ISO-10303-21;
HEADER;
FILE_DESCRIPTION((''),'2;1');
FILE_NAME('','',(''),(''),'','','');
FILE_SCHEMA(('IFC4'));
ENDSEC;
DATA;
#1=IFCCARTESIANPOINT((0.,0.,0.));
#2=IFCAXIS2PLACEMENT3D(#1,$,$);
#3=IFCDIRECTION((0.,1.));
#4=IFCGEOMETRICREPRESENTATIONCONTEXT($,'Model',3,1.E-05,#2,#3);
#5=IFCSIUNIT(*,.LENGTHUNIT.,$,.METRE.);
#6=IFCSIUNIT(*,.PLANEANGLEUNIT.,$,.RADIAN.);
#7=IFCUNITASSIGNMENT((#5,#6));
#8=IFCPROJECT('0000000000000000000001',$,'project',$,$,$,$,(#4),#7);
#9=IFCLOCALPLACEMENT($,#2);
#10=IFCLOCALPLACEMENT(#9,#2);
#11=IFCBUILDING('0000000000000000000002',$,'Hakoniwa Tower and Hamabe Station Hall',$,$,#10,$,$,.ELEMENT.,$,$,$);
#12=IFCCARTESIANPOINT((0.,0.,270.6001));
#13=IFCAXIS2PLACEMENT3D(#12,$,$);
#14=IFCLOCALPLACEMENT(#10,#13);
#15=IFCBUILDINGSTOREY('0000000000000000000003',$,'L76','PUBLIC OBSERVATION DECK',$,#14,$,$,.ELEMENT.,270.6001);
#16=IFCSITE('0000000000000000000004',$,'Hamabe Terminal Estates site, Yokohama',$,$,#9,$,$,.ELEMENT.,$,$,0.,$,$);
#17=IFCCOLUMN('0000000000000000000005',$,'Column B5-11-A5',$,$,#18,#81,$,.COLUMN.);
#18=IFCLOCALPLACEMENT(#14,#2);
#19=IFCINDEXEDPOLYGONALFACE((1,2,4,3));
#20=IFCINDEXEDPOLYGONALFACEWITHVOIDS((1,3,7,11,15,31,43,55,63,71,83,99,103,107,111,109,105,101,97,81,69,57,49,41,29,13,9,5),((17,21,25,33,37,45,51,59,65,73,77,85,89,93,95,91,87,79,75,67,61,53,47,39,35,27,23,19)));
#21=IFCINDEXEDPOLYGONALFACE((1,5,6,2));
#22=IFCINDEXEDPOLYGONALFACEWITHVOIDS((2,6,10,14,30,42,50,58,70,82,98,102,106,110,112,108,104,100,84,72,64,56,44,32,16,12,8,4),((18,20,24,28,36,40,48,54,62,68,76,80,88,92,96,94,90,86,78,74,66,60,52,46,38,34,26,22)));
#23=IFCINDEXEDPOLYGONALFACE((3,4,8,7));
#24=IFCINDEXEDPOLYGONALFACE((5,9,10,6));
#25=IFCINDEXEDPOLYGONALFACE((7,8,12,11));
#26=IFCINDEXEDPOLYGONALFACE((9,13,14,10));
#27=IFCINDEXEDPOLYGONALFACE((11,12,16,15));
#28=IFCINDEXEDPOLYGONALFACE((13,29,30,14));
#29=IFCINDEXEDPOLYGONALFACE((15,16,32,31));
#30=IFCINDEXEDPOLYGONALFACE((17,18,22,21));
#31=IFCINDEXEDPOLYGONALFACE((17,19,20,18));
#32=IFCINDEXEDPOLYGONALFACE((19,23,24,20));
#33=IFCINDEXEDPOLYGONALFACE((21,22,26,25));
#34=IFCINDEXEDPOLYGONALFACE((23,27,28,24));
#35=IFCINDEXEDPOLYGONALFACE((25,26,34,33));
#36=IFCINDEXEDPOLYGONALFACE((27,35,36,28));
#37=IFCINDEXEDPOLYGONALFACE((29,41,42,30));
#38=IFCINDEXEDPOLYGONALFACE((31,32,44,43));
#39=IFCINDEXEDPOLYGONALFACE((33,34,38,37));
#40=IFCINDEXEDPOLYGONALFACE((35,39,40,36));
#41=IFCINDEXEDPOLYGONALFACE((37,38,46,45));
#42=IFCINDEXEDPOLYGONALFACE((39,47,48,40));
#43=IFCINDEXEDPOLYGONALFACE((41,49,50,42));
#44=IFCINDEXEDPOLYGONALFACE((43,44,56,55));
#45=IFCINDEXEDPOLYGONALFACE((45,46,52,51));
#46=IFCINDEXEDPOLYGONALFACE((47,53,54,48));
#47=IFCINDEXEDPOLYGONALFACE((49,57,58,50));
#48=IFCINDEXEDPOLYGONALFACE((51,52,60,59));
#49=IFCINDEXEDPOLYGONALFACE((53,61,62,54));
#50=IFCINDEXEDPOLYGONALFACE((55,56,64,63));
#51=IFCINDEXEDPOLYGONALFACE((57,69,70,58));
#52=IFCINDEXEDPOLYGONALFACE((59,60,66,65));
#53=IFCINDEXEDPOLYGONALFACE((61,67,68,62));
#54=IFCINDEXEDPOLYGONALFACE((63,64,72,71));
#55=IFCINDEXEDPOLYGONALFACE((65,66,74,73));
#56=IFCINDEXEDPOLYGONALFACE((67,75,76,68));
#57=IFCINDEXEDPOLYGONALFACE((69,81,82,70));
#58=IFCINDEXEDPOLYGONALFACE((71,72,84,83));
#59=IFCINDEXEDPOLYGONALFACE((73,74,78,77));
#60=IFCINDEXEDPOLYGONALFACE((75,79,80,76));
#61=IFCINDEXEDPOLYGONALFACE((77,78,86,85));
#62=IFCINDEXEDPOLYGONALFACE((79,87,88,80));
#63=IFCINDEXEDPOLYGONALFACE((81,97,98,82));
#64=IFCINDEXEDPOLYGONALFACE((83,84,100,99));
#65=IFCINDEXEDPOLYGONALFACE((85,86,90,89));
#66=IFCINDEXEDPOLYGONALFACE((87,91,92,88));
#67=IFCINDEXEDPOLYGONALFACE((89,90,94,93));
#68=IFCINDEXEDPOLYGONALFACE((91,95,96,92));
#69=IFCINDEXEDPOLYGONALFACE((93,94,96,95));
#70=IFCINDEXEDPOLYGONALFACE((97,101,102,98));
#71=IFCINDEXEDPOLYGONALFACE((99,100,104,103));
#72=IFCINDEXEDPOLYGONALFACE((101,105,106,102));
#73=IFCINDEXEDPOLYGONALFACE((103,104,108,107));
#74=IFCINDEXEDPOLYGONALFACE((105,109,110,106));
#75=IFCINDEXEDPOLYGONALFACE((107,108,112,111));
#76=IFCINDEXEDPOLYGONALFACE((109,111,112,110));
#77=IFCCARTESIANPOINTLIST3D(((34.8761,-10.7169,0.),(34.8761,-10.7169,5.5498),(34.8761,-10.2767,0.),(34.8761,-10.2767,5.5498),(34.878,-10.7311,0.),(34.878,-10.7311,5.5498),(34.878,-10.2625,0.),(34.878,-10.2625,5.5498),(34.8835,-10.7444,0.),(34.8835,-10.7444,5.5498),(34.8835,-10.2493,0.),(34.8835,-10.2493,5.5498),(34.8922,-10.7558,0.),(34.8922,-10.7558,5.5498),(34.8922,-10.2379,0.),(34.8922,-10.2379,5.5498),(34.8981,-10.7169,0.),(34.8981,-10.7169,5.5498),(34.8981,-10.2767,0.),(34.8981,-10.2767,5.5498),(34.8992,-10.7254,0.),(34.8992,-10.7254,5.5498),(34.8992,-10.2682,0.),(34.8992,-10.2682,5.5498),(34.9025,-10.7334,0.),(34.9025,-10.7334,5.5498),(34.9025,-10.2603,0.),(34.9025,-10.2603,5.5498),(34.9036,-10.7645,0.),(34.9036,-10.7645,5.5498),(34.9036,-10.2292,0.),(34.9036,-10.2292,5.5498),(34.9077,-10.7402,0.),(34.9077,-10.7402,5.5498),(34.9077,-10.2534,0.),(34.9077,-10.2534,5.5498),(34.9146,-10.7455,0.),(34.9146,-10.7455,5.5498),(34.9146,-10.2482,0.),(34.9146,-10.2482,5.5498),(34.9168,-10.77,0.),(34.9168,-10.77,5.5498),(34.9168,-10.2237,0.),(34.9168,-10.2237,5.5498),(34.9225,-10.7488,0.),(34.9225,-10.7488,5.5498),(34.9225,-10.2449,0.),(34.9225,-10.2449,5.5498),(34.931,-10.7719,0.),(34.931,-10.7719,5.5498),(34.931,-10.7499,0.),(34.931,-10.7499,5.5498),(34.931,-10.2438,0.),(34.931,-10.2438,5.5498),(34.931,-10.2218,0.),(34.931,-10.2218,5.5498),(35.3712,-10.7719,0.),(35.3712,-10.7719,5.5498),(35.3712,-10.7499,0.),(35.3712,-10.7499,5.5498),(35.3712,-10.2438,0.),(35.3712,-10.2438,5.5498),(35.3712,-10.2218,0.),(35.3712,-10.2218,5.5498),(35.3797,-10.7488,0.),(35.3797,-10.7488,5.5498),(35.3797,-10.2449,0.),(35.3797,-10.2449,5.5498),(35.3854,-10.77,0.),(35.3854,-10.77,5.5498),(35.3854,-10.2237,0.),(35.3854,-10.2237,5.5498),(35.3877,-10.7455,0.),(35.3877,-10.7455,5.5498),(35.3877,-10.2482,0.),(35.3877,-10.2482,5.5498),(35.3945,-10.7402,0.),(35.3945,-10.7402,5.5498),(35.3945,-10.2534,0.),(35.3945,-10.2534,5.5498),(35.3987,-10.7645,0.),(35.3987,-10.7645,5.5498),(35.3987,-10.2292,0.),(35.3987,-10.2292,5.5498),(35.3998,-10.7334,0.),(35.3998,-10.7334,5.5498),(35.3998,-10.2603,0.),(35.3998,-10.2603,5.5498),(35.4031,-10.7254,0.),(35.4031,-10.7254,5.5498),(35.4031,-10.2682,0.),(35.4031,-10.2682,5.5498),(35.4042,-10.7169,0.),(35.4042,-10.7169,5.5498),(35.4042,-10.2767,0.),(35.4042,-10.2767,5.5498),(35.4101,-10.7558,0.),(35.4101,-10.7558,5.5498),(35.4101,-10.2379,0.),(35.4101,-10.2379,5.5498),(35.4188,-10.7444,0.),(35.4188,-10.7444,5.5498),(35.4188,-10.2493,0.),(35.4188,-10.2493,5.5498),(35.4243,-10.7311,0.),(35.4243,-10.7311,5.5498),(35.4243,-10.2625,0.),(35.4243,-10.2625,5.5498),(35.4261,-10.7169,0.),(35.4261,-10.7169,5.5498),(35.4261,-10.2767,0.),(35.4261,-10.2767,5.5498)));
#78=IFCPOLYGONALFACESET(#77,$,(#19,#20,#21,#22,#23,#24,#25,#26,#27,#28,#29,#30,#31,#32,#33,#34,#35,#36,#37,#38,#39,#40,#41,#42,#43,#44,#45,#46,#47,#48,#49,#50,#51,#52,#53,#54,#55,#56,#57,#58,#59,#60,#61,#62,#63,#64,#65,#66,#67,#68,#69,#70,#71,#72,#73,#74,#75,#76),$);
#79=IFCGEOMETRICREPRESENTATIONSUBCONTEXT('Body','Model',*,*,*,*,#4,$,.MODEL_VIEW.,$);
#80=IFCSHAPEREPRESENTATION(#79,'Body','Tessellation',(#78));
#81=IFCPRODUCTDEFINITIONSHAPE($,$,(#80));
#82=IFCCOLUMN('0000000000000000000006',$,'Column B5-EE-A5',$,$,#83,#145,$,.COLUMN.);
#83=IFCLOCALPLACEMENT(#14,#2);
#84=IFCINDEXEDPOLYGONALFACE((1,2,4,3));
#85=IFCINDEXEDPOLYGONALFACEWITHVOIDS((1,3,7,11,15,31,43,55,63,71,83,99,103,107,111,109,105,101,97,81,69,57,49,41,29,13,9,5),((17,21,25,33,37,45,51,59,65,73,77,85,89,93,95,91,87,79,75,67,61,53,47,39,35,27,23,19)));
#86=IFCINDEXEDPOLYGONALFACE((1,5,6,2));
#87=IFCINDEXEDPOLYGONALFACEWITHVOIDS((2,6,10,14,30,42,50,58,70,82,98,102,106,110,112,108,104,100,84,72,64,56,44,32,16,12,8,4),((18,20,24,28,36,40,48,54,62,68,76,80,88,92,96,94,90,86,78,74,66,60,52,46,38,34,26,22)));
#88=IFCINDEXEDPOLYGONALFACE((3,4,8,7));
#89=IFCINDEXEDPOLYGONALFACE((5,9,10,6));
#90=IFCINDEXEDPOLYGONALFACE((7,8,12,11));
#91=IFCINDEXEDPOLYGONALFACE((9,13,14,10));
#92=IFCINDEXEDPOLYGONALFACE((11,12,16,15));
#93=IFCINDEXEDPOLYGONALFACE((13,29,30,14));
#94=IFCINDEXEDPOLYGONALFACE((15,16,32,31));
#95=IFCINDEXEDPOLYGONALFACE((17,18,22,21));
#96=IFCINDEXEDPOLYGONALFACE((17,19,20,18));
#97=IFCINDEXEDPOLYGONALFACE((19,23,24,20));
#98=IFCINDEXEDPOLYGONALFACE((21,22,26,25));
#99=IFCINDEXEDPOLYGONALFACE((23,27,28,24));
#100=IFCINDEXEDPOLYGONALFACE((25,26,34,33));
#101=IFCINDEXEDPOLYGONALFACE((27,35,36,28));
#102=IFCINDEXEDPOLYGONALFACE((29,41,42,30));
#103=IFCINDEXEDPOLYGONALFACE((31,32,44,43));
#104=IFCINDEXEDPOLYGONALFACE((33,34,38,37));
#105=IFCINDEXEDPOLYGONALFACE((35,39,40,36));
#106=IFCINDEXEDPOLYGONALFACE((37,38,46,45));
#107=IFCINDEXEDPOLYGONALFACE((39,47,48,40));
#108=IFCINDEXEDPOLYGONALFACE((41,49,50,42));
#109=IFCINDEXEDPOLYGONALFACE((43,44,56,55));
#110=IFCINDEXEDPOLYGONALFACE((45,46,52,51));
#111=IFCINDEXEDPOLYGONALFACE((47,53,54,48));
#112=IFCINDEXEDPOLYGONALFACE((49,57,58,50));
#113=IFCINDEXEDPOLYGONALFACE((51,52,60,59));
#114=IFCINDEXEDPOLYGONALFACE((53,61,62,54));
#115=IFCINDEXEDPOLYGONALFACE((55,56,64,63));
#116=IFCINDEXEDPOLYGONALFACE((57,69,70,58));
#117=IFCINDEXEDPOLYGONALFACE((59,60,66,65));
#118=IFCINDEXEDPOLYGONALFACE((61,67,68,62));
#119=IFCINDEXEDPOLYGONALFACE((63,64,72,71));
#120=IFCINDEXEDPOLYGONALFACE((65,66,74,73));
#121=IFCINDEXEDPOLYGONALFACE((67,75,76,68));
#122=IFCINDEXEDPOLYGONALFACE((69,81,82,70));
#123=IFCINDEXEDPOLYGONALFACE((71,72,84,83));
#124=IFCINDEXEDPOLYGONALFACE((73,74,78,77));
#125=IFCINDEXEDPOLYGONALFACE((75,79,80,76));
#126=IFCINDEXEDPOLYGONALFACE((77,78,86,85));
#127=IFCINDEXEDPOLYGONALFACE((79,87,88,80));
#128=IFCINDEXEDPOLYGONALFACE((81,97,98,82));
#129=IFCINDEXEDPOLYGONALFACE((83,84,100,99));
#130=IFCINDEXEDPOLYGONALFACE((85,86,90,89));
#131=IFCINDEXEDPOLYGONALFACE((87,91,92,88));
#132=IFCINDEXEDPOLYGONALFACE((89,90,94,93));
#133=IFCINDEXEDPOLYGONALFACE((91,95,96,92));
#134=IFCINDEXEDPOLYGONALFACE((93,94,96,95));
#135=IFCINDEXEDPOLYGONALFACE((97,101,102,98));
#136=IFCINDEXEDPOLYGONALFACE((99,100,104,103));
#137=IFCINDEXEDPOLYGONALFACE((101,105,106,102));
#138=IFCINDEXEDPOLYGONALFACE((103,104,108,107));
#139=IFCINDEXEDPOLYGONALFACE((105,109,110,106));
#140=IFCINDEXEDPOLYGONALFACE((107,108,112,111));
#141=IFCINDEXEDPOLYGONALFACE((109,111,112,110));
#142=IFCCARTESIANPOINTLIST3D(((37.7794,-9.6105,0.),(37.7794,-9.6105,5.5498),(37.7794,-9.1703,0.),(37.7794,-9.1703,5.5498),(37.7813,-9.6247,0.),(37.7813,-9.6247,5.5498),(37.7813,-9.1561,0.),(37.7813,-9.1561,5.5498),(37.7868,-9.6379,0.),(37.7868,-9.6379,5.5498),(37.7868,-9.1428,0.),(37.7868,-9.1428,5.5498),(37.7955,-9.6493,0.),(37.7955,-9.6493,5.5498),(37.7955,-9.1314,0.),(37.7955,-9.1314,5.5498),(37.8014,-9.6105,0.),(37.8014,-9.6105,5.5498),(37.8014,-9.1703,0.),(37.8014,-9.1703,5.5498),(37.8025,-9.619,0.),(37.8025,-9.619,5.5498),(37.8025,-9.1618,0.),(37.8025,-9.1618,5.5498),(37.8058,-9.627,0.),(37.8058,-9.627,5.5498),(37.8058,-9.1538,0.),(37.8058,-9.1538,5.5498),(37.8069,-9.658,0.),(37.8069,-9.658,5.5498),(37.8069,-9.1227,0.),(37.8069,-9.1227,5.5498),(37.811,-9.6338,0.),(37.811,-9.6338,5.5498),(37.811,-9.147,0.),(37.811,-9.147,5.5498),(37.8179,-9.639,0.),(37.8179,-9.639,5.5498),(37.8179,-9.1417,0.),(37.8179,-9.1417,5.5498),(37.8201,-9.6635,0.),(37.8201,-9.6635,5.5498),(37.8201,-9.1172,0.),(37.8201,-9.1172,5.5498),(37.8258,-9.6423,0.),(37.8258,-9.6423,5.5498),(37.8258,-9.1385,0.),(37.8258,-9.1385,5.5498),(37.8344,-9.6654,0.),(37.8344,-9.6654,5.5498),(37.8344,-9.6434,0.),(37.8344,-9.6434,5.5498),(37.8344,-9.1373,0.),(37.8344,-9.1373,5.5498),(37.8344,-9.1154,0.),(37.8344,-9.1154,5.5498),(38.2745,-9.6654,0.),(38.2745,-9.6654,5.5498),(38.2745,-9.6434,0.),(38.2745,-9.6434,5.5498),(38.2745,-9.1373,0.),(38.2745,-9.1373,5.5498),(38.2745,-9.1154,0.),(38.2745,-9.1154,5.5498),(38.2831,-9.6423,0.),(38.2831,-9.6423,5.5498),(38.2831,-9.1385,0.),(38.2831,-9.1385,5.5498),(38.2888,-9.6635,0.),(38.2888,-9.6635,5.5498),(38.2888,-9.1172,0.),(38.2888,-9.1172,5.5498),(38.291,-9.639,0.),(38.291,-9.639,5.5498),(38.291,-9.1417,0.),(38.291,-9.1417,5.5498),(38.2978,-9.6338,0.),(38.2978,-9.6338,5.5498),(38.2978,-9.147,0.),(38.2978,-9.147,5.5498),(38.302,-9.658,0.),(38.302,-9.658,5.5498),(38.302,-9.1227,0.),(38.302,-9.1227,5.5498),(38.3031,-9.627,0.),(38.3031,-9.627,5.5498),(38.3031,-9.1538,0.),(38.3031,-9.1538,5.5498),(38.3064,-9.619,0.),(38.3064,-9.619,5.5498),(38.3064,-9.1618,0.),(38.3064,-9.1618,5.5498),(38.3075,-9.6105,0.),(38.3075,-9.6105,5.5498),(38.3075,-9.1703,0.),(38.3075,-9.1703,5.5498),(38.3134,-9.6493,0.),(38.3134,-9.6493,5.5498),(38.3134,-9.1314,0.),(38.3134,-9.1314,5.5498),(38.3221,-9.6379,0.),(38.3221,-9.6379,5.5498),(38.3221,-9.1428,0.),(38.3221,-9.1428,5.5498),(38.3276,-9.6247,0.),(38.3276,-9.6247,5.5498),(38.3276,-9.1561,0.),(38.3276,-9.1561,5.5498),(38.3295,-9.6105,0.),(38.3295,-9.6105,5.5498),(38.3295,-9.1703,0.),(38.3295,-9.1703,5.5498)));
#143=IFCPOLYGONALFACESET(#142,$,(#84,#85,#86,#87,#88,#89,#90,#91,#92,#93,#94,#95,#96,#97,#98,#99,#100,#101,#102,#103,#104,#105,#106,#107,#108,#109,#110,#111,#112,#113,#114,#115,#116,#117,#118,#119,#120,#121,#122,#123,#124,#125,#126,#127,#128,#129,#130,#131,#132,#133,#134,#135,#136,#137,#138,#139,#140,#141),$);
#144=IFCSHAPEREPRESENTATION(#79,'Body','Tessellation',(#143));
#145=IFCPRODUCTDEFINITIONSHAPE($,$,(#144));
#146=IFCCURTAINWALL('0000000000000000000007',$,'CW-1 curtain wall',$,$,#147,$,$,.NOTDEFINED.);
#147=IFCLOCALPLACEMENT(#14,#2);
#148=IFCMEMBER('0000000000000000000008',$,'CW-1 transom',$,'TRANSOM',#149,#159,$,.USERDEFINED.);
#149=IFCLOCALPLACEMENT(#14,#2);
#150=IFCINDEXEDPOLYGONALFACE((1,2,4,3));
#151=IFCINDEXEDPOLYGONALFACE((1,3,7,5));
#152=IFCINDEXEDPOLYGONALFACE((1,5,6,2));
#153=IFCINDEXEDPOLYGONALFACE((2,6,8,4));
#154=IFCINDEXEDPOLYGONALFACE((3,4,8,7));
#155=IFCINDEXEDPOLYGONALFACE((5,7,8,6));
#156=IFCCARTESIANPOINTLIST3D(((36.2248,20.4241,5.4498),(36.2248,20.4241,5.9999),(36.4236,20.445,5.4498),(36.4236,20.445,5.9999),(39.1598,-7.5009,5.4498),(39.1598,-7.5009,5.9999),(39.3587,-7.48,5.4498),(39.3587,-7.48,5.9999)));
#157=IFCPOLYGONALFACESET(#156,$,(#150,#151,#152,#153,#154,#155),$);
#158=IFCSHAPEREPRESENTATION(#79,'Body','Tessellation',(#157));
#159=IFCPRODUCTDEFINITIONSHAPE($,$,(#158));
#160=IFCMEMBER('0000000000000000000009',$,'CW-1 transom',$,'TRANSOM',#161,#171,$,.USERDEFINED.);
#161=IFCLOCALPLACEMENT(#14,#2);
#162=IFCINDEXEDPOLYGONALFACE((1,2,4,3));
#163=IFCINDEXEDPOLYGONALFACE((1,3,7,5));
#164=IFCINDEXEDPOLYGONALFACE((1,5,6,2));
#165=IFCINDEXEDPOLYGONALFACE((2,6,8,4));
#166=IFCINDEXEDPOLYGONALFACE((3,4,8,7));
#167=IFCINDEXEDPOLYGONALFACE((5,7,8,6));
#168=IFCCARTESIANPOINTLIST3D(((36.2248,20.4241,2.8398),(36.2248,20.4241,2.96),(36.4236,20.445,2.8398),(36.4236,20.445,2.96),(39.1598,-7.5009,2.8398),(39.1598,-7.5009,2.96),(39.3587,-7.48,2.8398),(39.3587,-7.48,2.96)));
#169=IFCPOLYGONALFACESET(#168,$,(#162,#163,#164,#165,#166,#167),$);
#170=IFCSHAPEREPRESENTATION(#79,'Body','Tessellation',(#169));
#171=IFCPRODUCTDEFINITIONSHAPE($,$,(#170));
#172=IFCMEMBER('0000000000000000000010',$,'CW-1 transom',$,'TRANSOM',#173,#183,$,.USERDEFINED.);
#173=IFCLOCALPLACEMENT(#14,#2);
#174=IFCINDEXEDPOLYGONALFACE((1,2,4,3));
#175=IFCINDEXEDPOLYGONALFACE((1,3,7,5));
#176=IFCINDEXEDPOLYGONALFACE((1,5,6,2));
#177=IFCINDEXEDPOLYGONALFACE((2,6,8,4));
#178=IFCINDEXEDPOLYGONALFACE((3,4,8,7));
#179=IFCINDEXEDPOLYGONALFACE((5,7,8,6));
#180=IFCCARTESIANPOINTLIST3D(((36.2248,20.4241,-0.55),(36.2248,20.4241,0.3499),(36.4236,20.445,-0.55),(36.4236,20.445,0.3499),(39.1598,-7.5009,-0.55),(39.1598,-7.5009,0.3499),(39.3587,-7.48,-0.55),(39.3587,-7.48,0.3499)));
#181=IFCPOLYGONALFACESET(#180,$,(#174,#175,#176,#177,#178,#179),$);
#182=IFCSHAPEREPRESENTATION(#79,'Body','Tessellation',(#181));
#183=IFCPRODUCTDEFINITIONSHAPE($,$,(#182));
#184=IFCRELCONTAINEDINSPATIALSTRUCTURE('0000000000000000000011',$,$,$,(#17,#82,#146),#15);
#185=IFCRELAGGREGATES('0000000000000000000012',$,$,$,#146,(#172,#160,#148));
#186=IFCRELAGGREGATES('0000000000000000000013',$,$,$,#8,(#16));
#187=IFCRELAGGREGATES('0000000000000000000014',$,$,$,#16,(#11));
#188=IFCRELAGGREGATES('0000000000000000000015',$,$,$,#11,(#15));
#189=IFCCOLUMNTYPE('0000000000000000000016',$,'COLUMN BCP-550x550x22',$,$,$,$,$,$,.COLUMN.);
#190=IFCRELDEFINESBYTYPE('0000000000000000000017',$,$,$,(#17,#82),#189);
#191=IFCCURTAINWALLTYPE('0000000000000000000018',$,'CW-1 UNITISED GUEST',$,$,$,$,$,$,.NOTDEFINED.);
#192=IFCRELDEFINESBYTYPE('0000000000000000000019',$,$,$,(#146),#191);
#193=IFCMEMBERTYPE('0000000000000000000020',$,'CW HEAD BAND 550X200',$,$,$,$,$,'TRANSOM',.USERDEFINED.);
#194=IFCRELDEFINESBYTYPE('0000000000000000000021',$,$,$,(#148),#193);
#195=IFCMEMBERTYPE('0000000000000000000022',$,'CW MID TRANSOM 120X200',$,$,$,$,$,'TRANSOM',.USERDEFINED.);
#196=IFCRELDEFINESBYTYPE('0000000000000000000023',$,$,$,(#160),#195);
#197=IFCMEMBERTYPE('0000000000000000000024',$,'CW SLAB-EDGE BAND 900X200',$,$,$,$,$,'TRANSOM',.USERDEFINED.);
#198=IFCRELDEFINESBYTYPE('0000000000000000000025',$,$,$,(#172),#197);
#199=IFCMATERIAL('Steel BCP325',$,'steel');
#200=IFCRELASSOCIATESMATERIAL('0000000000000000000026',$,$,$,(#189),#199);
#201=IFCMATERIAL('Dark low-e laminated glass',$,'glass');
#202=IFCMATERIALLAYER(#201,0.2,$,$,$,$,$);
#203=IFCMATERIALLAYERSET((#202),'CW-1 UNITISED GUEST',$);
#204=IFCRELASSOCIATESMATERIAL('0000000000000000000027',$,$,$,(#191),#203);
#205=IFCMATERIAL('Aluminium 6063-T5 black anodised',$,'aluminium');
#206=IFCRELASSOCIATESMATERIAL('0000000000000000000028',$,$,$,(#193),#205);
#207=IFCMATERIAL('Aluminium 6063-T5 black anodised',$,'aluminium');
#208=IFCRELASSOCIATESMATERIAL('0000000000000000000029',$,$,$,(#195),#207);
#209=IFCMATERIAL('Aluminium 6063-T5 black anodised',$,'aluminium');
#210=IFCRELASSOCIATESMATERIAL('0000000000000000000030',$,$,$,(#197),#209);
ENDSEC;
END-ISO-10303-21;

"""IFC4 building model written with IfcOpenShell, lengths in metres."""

from ifc_helpers import new_model, si_unit, direction, frame, origin, origin_2d, place, context, subcontext, project, spatial, rectangle, hollow_rectangle, extrude, material, layer, layer_set, material_profile, profile_set, type_object, element, aggregate, save


model = new_model("IFC4")

# Units and contexts
model_context = context("Model", 3, precision=1e-05, world=origin(), true_north=direction((0.0, 1.0)))
body_context = subcontext(model_context, "Body", "Model", "MODEL_VIEW")
ifc_project = project(units=[si_unit("LENGTHUNIT", "METRE"), si_unit("PLANEANGLEUNIT", "RADIAN")], contexts=[model_context])

# Site, building, storey
site_placement = place(None, origin())
site = spatial("IfcSite", under=ifc_project, at=site_placement, Name="Hamabe Terminal Estates site, Yokohama", CompositionType="ELEMENT", RefElevation=0.0)
building_placement = place(site_placement, origin())
building = spatial("IfcBuilding", under=site, at=building_placement, Name="Hakoniwa Tower and Hamabe Station Hall", CompositionType="ELEMENT")
storey_placement = place(building_placement, frame((0.0, 0.0, 270.6001)))
storey = spatial("IfcBuildingStorey", under=building, at=storey_placement, Name="L76", Description="PUBLIC OBSERVATION DECK", CompositionType="ELEMENT", Elevation=270.6001)

# Columns
ifc_material_1 = material(Name="Steel BCP325", Category="steel")
ifc_material_profile_1 = material_profile(ifc_material_1, hollow_rectangle(XDim=0.55, YDim=0.55, WallThickness=0.022, InnerFilletRadius=0.033, OuterFilletRadius=0.0549, at=origin_2d()), Name="BCP-550x550x22")
ifc_profile_set_1 = profile_set([ifc_material_profile_1], Name="Steel BCP325")
column_type = type_object("IfcColumnType", Name="COLUMN BCP-550x550x22", PredefinedType="COLUMN", material=ifc_profile_set_1)
for number, where, z_axis, x_axis, name in (
    (1, (35.1511, -10.4968, 0.0), (0.0, 0.0, 1.0), (1.0, 0.0, 0.0), "Column B5-11-A5"),
    (2, (38.0544, -9.3904, 0.0), (0.0, 0.0, 1.0), (1.0, 0.0, 0.0), "Column B5-EE-A5"),
):
    element("IfcColumn", number, at=place(storey_placement, frame(where, z_axis=z_axis, x_axis=x_axis)), inside=storey, type_object=column_type, Name=name, PredefinedType="COLUMN", context=body_context, shape_type="SweptSolid", body=[
        extrude(hollow_rectangle(XDim=0.55, YDim=0.55, WallThickness=0.022, InnerFilletRadius=0.033, OuterFilletRadius=0.0549, at=origin_2d()), origin(), (0.0, 0.0, 1.0), 5.5498),
    ])

# Curtain wall, members
ifc_material_2 = material(Name="Dark low-e laminated glass", Category="glass")
ifc_layer_1 = layer(ifc_material_2, 0.2)
ifc_layer_set_1 = layer_set([ifc_layer_1], Name="CW-1 UNITISED GUEST")
curtain_wall_type = type_object("IfcCurtainWallType", Name="CW-1 UNITISED GUEST", PredefinedType="NOTDEFINED", material=ifc_layer_set_1)
curtain_wall_1_placement = place(storey_placement, origin())
curtain_wall_1 = element("IfcCurtainWall", 3, at=curtain_wall_1_placement, inside=storey, type_object=curtain_wall_type, Name="CW-1 curtain wall", PredefinedType="NOTDEFINED")
ifc_material_3 = material(Name="Aluminium 6063-T5 black anodised", Category="aluminium")
ifc_material_profile_2 = material_profile(ifc_material_3, rectangle(XDim=0.2, YDim=0.55, at=origin_2d()), Name="CW HEAD BAND 550X200")
ifc_profile_set_2 = profile_set([ifc_material_profile_2], Name="Aluminium 6063-T5 black anodised")
member_type_1 = type_object("IfcMemberType", Name="CW HEAD BAND 550X200", ElementType="TRANSOM", PredefinedType="USERDEFINED", material=ifc_profile_set_2)
member_1_placement = place(storey_placement, frame((39.2593, -7.4905, 5.7249), z_axis=(-0.104529, 0.994522, 0.0), x_axis=(-0.994522, -0.104529, 0.0)))
member_1 = element("IfcMember", 4, at=member_1_placement, type_object=member_type_1, Name="CW-1 transom", ObjectType="TRANSOM", PredefinedType="USERDEFINED", context=body_context, shape_type="SweptSolid", body=[
    extrude(rectangle(XDim=0.2, YDim=0.55, at=origin_2d()), origin(), (0.0, 0.0, 1.0), 28.0789),
])
ifc_material_4 = material(Name="Aluminium 6063-T5 black anodised", Category="aluminium")
ifc_material_profile_3 = material_profile(ifc_material_4, rectangle(XDim=0.2, YDim=0.1201, at=origin_2d()), Name="CW MID TRANSOM 120X200")
ifc_profile_set_3 = profile_set([ifc_material_profile_3], Name="Aluminium 6063-T5 black anodised")
member_type_2 = type_object("IfcMemberType", Name="CW MID TRANSOM 120X200", ElementType="TRANSOM", PredefinedType="USERDEFINED", material=ifc_profile_set_3)
member_2_placement = place(storey_placement, frame((39.2593, -7.4905, 2.8999), z_axis=(-0.104529, 0.994522, 0.0), x_axis=(-0.994522, -0.104529, 0.0)))
member_2 = element("IfcMember", 5, at=member_2_placement, type_object=member_type_2, Name="CW-1 transom", ObjectType="TRANSOM", PredefinedType="USERDEFINED", context=body_context, shape_type="SweptSolid", body=[
    extrude(rectangle(XDim=0.2, YDim=0.1201, at=origin_2d()), origin(), (0.0, 0.0, 1.0), 28.0789),
])
ifc_material_5 = material(Name="Aluminium 6063-T5 black anodised", Category="aluminium")
ifc_material_profile_4 = material_profile(ifc_material_5, rectangle(XDim=0.2, YDim=0.8999, at=origin_2d()), Name="CW SLAB-EDGE BAND 900X200")
ifc_profile_set_4 = profile_set([ifc_material_profile_4], Name="Aluminium 6063-T5 black anodised")
member_type_3 = type_object("IfcMemberType", Name="CW SLAB-EDGE BAND 900X200", ElementType="TRANSOM", PredefinedType="USERDEFINED", material=ifc_profile_set_4)
member_3_placement = place(storey_placement, frame((39.2593, -7.4905, -0.1001), z_axis=(-0.104529, 0.994522, 0.0), x_axis=(-0.994522, -0.104529, 0.0)))
member_3 = element("IfcMember", 6, at=member_3_placement, type_object=member_type_3, Name="CW-1 transom", ObjectType="TRANSOM", PredefinedType="USERDEFINED", context=body_context, shape_type="SweptSolid", body=[
    extrude(rectangle(XDim=0.2, YDim=0.8999, at=origin_2d()), origin(), (0.0, 0.0, 1.0), 28.0789),
])

aggregate(curtain_wall_1, [member_3, member_2, member_1])

save(model, "model.ifc")
